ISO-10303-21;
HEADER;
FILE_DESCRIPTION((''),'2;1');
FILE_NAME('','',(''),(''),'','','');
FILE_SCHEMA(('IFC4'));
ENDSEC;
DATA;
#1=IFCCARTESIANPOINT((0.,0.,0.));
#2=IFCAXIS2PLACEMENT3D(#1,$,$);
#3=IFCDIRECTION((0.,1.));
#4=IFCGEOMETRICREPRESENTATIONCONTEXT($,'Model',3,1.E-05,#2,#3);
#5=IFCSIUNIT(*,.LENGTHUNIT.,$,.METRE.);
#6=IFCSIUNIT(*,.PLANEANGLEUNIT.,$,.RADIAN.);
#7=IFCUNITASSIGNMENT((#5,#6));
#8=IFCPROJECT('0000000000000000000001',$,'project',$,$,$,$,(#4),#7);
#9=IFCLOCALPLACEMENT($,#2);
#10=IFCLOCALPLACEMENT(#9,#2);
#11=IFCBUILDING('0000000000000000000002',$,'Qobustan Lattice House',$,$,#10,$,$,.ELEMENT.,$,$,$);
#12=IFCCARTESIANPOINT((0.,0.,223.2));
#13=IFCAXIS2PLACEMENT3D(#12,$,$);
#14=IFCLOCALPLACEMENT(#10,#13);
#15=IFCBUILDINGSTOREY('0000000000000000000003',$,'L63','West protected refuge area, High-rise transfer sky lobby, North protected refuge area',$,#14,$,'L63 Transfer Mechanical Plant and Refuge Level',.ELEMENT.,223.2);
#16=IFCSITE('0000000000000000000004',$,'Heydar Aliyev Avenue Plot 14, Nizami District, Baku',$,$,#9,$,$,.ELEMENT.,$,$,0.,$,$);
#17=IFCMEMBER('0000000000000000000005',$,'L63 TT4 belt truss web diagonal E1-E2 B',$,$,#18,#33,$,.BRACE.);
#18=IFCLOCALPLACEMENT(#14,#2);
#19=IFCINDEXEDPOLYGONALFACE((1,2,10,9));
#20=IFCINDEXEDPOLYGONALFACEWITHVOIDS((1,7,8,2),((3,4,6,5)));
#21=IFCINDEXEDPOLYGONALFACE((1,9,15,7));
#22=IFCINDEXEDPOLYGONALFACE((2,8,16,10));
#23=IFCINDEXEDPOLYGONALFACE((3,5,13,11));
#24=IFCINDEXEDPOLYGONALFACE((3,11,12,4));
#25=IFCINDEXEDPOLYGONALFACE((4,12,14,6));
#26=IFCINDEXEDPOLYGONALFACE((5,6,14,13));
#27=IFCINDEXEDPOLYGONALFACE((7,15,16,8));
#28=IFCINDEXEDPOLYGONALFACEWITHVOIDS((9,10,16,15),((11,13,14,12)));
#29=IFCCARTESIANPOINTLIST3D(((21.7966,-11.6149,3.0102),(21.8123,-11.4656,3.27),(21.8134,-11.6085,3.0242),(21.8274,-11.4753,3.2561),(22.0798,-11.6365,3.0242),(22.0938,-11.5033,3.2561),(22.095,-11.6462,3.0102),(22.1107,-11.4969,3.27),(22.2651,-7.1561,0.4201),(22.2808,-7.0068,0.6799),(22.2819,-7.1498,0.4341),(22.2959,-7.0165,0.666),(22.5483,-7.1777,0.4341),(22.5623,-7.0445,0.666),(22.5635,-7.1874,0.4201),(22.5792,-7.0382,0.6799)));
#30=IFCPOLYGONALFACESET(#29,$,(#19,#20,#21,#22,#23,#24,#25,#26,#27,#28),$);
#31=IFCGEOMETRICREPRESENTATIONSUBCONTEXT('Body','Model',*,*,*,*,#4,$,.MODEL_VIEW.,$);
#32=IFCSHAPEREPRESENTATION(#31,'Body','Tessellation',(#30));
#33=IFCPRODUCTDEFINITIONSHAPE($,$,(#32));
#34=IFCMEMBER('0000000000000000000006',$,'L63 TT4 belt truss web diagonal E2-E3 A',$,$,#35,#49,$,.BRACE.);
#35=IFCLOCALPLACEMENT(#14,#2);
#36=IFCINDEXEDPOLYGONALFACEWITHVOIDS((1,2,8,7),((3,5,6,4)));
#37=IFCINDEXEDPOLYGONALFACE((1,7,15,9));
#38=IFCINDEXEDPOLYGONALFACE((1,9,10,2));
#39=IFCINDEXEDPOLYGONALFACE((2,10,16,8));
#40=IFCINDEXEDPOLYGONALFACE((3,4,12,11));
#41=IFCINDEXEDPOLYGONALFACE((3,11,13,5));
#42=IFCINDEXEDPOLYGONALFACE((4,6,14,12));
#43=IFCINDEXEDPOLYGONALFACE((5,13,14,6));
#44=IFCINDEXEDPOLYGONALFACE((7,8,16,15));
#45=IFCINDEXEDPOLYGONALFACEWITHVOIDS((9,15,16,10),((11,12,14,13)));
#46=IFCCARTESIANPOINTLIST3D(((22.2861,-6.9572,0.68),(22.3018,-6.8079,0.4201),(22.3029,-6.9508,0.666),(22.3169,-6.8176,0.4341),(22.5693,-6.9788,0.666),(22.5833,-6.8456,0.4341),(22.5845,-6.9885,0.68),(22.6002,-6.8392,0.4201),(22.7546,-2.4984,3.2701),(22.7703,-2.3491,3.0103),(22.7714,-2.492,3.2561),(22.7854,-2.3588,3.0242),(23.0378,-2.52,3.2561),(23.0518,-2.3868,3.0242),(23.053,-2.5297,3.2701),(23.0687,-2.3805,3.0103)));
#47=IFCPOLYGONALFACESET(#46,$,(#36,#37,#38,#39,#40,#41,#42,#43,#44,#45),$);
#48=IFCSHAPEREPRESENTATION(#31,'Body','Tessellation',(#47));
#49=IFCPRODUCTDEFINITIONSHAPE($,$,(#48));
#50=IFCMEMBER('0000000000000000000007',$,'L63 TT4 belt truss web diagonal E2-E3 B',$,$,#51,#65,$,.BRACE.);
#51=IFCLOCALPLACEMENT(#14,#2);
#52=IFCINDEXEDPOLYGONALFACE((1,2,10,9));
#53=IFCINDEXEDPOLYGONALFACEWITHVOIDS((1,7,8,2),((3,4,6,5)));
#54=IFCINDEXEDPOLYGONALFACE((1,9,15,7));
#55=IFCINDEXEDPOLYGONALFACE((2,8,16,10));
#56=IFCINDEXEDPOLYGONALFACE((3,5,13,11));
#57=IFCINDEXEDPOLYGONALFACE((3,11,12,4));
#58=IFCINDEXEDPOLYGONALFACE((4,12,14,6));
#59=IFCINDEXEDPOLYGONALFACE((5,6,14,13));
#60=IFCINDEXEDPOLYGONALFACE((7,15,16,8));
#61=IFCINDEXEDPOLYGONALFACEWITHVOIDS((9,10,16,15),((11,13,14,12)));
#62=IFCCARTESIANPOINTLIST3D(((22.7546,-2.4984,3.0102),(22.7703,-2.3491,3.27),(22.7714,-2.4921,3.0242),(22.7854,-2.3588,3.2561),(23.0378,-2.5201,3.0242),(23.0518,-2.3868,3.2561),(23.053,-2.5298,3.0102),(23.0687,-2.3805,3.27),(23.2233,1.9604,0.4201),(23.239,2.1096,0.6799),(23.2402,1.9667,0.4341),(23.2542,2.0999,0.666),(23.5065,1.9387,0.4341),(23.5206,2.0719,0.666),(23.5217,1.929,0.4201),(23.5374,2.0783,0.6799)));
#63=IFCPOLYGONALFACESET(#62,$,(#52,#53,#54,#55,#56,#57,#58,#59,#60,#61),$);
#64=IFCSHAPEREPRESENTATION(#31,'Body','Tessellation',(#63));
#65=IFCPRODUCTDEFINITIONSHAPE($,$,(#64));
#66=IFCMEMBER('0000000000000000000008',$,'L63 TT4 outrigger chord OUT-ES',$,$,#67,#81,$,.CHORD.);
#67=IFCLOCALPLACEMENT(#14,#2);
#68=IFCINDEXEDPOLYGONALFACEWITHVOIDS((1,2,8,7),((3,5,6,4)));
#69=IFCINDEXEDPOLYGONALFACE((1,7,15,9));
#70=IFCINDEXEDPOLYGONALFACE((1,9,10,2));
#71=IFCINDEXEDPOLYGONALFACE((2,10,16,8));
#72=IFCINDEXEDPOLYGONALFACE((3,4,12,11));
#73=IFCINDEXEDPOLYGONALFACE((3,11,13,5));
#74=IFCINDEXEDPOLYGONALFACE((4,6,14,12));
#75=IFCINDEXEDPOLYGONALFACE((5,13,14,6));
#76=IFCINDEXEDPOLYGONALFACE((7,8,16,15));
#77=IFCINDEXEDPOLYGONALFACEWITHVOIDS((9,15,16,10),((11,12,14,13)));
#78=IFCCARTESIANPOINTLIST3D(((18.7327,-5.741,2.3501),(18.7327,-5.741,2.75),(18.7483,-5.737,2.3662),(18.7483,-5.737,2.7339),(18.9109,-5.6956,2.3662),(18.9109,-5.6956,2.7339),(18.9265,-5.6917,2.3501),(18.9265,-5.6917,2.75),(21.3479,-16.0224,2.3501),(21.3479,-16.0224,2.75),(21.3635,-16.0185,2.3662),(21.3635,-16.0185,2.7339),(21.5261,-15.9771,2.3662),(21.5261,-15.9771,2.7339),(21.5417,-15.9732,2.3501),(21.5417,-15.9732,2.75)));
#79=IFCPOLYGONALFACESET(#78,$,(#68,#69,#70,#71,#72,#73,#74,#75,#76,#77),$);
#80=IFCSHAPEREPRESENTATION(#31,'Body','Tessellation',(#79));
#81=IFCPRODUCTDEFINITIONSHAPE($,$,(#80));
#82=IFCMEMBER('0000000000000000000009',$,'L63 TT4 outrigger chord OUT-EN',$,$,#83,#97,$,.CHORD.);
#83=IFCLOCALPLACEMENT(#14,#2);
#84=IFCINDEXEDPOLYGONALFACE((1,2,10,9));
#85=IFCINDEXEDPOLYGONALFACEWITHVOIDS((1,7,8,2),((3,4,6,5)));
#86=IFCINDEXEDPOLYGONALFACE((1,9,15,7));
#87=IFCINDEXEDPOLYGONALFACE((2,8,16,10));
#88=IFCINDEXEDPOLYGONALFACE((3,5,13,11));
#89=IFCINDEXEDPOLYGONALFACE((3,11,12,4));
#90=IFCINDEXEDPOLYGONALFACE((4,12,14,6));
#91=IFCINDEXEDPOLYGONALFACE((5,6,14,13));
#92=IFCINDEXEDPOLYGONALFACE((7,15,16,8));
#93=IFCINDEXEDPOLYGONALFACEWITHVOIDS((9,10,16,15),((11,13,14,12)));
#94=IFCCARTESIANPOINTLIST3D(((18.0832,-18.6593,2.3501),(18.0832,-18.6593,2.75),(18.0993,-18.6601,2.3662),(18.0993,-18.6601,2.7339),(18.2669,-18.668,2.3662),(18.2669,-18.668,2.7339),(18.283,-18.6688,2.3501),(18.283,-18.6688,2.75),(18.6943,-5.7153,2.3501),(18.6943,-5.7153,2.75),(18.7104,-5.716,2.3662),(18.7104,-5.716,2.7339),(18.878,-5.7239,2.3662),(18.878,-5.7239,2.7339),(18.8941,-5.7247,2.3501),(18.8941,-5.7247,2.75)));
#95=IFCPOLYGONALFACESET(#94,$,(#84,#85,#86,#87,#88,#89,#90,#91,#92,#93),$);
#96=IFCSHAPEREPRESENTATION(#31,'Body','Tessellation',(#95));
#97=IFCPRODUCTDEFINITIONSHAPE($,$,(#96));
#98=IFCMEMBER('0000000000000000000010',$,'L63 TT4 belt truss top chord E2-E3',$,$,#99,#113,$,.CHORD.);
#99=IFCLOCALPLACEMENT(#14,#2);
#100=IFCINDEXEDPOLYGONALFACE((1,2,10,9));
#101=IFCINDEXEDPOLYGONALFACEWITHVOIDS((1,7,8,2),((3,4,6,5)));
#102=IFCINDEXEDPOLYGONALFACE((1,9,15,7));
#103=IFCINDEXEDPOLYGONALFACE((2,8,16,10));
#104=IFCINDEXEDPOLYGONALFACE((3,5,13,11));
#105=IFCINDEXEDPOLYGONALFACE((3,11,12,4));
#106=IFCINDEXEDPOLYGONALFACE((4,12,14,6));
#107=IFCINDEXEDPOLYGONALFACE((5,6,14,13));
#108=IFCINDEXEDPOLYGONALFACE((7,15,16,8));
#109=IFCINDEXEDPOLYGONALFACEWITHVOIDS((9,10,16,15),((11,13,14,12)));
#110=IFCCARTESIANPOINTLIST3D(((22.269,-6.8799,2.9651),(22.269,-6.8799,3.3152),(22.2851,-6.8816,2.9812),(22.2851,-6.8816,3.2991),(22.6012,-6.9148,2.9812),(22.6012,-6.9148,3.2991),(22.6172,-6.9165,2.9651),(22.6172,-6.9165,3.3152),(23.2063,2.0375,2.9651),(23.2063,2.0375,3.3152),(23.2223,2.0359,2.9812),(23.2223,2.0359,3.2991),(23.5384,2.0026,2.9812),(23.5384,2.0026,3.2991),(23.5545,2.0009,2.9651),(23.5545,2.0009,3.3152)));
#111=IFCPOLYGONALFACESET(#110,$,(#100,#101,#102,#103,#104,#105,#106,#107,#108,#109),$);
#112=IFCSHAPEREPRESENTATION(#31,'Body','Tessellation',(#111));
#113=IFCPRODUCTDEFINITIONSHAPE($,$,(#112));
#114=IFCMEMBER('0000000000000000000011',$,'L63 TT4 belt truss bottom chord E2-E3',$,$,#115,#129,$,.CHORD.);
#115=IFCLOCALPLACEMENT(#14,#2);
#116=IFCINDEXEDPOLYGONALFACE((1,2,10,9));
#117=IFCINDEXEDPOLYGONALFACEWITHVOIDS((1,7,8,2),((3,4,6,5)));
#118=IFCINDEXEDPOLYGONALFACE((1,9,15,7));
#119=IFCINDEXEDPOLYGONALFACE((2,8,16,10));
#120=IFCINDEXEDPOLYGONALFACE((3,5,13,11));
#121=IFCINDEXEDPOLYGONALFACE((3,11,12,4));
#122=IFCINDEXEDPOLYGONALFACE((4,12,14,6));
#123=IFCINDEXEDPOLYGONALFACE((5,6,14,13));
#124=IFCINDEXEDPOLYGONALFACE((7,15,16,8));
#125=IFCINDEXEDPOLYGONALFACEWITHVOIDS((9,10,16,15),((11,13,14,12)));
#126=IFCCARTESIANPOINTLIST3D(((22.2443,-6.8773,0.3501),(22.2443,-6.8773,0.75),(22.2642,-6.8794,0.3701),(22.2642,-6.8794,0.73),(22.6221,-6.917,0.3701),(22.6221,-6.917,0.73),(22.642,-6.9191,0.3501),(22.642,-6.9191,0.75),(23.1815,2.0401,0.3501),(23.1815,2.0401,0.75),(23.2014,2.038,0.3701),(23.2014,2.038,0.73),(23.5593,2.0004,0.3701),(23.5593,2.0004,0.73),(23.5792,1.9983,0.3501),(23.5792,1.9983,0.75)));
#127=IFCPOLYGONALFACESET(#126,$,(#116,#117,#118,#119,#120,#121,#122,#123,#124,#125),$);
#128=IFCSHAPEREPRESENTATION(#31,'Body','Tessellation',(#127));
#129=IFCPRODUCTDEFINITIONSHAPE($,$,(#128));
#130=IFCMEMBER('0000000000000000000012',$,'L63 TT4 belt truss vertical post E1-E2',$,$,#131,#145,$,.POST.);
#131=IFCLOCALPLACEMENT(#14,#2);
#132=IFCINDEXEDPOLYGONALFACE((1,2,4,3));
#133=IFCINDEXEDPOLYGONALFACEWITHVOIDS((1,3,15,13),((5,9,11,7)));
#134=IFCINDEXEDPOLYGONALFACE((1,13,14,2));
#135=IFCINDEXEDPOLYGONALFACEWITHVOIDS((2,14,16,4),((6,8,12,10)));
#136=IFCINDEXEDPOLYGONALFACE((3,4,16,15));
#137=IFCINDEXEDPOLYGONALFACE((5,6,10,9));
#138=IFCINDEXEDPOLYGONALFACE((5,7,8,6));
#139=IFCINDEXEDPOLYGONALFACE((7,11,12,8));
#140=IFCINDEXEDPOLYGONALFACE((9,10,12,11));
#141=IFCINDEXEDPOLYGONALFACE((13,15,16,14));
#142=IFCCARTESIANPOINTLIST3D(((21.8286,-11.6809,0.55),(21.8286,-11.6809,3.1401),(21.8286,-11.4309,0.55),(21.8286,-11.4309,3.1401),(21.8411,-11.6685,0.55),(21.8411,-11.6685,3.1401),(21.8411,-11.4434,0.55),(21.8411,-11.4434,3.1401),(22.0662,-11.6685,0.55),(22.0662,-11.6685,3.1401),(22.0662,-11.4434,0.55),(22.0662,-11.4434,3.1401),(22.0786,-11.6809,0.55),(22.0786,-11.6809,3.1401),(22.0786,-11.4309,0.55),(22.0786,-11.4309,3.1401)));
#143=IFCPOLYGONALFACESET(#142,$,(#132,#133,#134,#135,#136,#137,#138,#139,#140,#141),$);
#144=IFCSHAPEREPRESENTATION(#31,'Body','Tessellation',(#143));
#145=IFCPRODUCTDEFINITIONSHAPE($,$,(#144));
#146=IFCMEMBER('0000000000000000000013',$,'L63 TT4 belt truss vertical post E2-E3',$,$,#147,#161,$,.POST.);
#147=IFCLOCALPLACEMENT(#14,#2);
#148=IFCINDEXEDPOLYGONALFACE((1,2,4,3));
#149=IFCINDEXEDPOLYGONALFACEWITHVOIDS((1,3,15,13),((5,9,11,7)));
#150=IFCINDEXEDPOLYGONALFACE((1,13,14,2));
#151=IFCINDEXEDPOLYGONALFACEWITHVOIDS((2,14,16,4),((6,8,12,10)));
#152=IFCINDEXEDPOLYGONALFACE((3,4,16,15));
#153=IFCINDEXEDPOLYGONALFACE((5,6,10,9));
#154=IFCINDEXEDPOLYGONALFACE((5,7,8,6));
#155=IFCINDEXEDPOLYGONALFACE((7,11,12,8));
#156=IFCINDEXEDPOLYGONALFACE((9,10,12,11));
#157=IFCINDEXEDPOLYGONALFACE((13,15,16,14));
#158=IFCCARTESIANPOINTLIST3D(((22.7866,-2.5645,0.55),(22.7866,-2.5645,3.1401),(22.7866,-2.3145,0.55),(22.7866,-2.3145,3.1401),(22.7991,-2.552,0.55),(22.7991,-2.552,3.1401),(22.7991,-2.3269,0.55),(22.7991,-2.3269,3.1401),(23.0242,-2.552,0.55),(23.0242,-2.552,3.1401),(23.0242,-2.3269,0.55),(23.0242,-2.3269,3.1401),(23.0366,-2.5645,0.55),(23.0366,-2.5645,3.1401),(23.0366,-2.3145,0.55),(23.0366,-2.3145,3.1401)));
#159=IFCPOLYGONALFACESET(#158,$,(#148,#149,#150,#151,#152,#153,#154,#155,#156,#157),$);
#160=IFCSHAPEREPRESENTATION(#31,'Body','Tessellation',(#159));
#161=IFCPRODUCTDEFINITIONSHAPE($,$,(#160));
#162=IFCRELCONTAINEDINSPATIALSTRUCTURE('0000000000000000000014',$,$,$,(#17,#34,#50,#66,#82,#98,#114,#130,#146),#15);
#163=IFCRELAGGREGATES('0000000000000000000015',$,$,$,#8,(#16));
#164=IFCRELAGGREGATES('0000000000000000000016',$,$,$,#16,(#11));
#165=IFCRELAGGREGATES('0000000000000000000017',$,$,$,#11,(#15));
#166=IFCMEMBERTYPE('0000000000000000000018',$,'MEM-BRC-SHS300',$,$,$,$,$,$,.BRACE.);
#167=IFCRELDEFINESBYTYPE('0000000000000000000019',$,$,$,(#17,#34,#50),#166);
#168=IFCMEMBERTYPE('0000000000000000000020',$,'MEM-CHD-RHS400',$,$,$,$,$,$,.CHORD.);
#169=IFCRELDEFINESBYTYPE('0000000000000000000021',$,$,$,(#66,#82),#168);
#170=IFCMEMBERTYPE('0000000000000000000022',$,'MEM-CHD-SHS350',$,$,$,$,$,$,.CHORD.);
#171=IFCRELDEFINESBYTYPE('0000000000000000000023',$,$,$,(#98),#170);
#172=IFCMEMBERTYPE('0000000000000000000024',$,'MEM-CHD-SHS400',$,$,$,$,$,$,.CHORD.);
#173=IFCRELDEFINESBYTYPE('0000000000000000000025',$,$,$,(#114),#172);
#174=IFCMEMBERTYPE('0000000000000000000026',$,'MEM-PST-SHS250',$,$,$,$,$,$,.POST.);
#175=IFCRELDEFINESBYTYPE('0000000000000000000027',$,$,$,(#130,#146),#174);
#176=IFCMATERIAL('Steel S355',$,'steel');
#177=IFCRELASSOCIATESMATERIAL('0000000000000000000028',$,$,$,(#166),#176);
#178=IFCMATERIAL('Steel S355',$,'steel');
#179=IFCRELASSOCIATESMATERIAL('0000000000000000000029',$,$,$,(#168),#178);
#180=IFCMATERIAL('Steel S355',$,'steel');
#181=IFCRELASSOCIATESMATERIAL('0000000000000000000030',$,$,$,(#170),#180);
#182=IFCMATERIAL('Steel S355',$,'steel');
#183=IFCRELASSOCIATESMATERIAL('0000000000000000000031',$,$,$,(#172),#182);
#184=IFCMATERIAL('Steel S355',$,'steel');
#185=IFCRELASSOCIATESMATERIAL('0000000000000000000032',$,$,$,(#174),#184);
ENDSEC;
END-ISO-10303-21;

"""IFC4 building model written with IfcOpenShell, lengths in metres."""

from ifc_helpers import new_model, si_unit, direction, frame, origin, origin_2d, place, context, subcontext, project, spatial, hollow_rectangle, extrude, material, material_profile, profile_set, type_object, element, save


model = new_model("IFC4")

# Units and contexts
model_context = context("Model", 3, precision=1e-05, world=origin(), true_north=direction((0.0, 1.0)))
body_context = subcontext(model_context, "Body", "Model", "MODEL_VIEW")
ifc_project = project(units=[si_unit("LENGTHUNIT", "METRE"), si_unit("PLANEANGLEUNIT", "RADIAN")], contexts=[model_context])

# Site, building, storey
site_placement = place(None, origin())
site = spatial("IfcSite", under=ifc_project, at=site_placement, Name="Heydar Aliyev Avenue Plot 14, Nizami District, Baku", CompositionType="ELEMENT", RefElevation=0.0)
building_placement = place(site_placement, origin())
building = spatial("IfcBuilding", under=site, at=building_placement, Name="Qobustan Lattice House", CompositionType="ELEMENT")
storey_placement = place(building_placement, frame((0.0, 0.0, 223.2)))
storey = spatial("IfcBuildingStorey", under=building, at=storey_placement, Name="L63", Description="West protected refuge area, High-rise transfer sky lobby, North protected refuge area", LongName="L63 Transfer Mechanical Plant and Refuge Level", CompositionType="ELEMENT", Elevation=223.2)

# Members
ifc_material_1 = material(Name="Steel S355", Category="steel")
ifc_material_profile_1 = material_profile(ifc_material_1, hollow_rectangle(XDim=0.3, YDim=0.3, WallThickness=0.0161, at=origin_2d()), Name="SHS300x300x16")
ifc_profile_set_1 = profile_set([ifc_material_profile_1], Name="Steel S355")
member_type_1 = type_object("IfcMemberType", Name="MEM-BRC-SHS300", PredefinedType="BRACE", material=ifc_profile_set_1)
for number, where, z_axis, x_axis, name in (
    (1, (21.9536, -11.5559, 3.1401), (0.090486, 0.861146, -0.500241), (-0.994525, 0.104501, 0.0), "L63 TT4 belt truss web diagonal E1-E2 B"),
    (2, (22.4431, -6.8982, 0.55), (0.090486, 0.861146, 0.500241), (-0.994525, 0.104501, 0.0), "L63 TT4 belt truss web diagonal E2-E3 A"),
    (3, (22.9116, -2.4395, 3.1401), (0.090532, 0.861142, -0.500238), (-0.994519, 0.104554, 0.0), "L63 TT4 belt truss web diagonal E2-E3 B"),
):
    element("IfcMember", number, at=place(storey_placement, frame(where, z_axis=z_axis, x_axis=x_axis)), inside=storey, type_object=member_type_1, Name=name, PredefinedType="BRACE", context=body_context, shape_type="SweptSolid", body=[
        extrude(hollow_rectangle(XDim=0.3, YDim=0.3, WallThickness=0.0161, at=origin_2d()), origin(), (0.0, 0.0, 1.0), 5.1777),
    ])
ifc_material_2 = material(Name="Steel S355", Category="steel")
ifc_material_profile_2 = material_profile(ifc_material_2, hollow_rectangle(XDim=0.2, YDim=0.3999, WallThickness=0.0161, at=origin_2d()), Name="RHS400x200x16")
ifc_profile_set_2 = profile_set([ifc_material_profile_2], Name="Steel S355")
member_type_2 = type_object("IfcMemberType", Name="MEM-CHD-RHS400", PredefinedType="CHORD", material=ifc_profile_set_2)
member_1_placement = place(storey_placement, frame((18.8296, -5.7163, 2.55), z_axis=(0.246513, -0.969139, 0.0), x_axis=(0.969139, 0.246513, 0.0)))
element("IfcMember", 4, at=member_1_placement, inside=storey, type_object=member_type_2, Name="L63 TT4 outrigger chord OUT-ES", PredefinedType="CHORD", context=body_context, shape_type="SweptSolid", body=[
    extrude(hollow_rectangle(XDim=0.2, YDim=0.3999, WallThickness=0.0161, at=origin_2d()), origin(), (0.0, 0.0, 1.0), 10.6089),
])
member_2_placement = place(storey_placement, frame((18.7942, -5.72, 2.55), z_axis=(-0.047157, -0.998887, 0.0), x_axis=(0.998887, -0.047157, 0.0)))
element("IfcMember", 5, at=member_2_placement, inside=storey, type_object=member_type_2, Name="L63 TT4 outrigger chord OUT-EN", PredefinedType="CHORD", context=body_context, shape_type="SweptSolid", body=[
    extrude(hollow_rectangle(XDim=0.2, YDim=0.3999, WallThickness=0.0161, at=origin_2d()), origin(), (0.0, 0.0, 1.0), 12.9585),
])
ifc_material_3 = material(Name="Steel S355", Category="steel")
ifc_material_profile_3 = material_profile(ifc_material_3, hollow_rectangle(XDim=0.3501, YDim=0.3501, WallThickness=0.0161, at=origin_2d()), Name="SHS350x350x16")
ifc_profile_set_3 = profile_set([ifc_material_profile_3], Name="Steel S355")
member_type_3 = type_object("IfcMemberType", Name="MEM-CHD-SHS350", PredefinedType="CHORD", material=ifc_profile_set_3)
member_3_placement = place(storey_placement, frame((22.4431, -6.8982, 3.1401), z_axis=(0.104527, 0.994522, 0.0), x_axis=(-0.994522, 0.104527, 0.0)))
element("IfcMember", 6, at=member_3_placement, inside=storey, type_object=member_type_3, Name="L63 TT4 belt truss top chord E2-E3", PredefinedType="CHORD", context=body_context, shape_type="SweptSolid", body=[
    extrude(hollow_rectangle(XDim=0.3501, YDim=0.3501, WallThickness=0.0161, at=origin_2d()), origin(), (0.0, 0.0, 1.0), 8.9666),
])
ifc_material_4 = material(Name="Steel S355", Category="steel")
ifc_material_profile_4 = material_profile(ifc_material_4, hollow_rectangle(XDim=0.3999, YDim=0.3999, WallThickness=0.02, at=origin_2d()), Name="SHS400x400x20")
ifc_profile_set_4 = profile_set([ifc_material_profile_4], Name="Steel S355")
member_type_4 = type_object("IfcMemberType", Name="MEM-CHD-SHS400", PredefinedType="CHORD", material=ifc_profile_set_4)
member_4_placement = place(storey_placement, frame((22.4431, -6.8982, 0.55), z_axis=(0.104527, 0.994522, 0.0), x_axis=(-0.994522, 0.104527, 0.0)))
element("IfcMember", 7, at=member_4_placement, inside=storey, type_object=member_type_4, Name="L63 TT4 belt truss bottom chord E2-E3", PredefinedType="CHORD", context=body_context, shape_type="SweptSolid", body=[
    extrude(hollow_rectangle(XDim=0.3999, YDim=0.3999, WallThickness=0.02, at=origin_2d()), origin(), (0.0, 0.0, 1.0), 8.9666),
])
ifc_material_5 = material(Name="Steel S355", Category="steel")
ifc_material_profile_5 = material_profile(ifc_material_5, hollow_rectangle(XDim=0.25, YDim=0.25, WallThickness=0.0125, at=origin_2d()), Name="SHS250x250x12.5")
ifc_profile_set_5 = profile_set([ifc_material_profile_5], Name="Steel S355")
member_type_5 = type_object("IfcMemberType", Name="MEM-PST-SHS250", PredefinedType="POST", material=ifc_profile_set_5)
for number, where, z_axis, x_axis, name in (
    (8, (21.9536, -11.5559, 0.55), (0.0, 0.0, 1.0), (1.0, 0.0, 0.0), "L63 TT4 belt truss vertical post E1-E2"),
    (9, (22.9116, -2.4395, 0.55), (0.0, 0.0, 1.0), (1.0, 0.0, 0.0), "L63 TT4 belt truss vertical post E2-E3"),
):
    element("IfcMember", number, at=place(storey_placement, frame(where, z_axis=z_axis, x_axis=x_axis)), inside=storey, type_object=member_type_5, Name=name, PredefinedType="POST", context=body_context, shape_type="SweptSolid", body=[
        extrude(hollow_rectangle(XDim=0.25, YDim=0.25, WallThickness=0.0125, at=origin_2d()), origin(), (0.0, 0.0, 1.0), 2.5901),
    ])

save(model, "model.ifc")
